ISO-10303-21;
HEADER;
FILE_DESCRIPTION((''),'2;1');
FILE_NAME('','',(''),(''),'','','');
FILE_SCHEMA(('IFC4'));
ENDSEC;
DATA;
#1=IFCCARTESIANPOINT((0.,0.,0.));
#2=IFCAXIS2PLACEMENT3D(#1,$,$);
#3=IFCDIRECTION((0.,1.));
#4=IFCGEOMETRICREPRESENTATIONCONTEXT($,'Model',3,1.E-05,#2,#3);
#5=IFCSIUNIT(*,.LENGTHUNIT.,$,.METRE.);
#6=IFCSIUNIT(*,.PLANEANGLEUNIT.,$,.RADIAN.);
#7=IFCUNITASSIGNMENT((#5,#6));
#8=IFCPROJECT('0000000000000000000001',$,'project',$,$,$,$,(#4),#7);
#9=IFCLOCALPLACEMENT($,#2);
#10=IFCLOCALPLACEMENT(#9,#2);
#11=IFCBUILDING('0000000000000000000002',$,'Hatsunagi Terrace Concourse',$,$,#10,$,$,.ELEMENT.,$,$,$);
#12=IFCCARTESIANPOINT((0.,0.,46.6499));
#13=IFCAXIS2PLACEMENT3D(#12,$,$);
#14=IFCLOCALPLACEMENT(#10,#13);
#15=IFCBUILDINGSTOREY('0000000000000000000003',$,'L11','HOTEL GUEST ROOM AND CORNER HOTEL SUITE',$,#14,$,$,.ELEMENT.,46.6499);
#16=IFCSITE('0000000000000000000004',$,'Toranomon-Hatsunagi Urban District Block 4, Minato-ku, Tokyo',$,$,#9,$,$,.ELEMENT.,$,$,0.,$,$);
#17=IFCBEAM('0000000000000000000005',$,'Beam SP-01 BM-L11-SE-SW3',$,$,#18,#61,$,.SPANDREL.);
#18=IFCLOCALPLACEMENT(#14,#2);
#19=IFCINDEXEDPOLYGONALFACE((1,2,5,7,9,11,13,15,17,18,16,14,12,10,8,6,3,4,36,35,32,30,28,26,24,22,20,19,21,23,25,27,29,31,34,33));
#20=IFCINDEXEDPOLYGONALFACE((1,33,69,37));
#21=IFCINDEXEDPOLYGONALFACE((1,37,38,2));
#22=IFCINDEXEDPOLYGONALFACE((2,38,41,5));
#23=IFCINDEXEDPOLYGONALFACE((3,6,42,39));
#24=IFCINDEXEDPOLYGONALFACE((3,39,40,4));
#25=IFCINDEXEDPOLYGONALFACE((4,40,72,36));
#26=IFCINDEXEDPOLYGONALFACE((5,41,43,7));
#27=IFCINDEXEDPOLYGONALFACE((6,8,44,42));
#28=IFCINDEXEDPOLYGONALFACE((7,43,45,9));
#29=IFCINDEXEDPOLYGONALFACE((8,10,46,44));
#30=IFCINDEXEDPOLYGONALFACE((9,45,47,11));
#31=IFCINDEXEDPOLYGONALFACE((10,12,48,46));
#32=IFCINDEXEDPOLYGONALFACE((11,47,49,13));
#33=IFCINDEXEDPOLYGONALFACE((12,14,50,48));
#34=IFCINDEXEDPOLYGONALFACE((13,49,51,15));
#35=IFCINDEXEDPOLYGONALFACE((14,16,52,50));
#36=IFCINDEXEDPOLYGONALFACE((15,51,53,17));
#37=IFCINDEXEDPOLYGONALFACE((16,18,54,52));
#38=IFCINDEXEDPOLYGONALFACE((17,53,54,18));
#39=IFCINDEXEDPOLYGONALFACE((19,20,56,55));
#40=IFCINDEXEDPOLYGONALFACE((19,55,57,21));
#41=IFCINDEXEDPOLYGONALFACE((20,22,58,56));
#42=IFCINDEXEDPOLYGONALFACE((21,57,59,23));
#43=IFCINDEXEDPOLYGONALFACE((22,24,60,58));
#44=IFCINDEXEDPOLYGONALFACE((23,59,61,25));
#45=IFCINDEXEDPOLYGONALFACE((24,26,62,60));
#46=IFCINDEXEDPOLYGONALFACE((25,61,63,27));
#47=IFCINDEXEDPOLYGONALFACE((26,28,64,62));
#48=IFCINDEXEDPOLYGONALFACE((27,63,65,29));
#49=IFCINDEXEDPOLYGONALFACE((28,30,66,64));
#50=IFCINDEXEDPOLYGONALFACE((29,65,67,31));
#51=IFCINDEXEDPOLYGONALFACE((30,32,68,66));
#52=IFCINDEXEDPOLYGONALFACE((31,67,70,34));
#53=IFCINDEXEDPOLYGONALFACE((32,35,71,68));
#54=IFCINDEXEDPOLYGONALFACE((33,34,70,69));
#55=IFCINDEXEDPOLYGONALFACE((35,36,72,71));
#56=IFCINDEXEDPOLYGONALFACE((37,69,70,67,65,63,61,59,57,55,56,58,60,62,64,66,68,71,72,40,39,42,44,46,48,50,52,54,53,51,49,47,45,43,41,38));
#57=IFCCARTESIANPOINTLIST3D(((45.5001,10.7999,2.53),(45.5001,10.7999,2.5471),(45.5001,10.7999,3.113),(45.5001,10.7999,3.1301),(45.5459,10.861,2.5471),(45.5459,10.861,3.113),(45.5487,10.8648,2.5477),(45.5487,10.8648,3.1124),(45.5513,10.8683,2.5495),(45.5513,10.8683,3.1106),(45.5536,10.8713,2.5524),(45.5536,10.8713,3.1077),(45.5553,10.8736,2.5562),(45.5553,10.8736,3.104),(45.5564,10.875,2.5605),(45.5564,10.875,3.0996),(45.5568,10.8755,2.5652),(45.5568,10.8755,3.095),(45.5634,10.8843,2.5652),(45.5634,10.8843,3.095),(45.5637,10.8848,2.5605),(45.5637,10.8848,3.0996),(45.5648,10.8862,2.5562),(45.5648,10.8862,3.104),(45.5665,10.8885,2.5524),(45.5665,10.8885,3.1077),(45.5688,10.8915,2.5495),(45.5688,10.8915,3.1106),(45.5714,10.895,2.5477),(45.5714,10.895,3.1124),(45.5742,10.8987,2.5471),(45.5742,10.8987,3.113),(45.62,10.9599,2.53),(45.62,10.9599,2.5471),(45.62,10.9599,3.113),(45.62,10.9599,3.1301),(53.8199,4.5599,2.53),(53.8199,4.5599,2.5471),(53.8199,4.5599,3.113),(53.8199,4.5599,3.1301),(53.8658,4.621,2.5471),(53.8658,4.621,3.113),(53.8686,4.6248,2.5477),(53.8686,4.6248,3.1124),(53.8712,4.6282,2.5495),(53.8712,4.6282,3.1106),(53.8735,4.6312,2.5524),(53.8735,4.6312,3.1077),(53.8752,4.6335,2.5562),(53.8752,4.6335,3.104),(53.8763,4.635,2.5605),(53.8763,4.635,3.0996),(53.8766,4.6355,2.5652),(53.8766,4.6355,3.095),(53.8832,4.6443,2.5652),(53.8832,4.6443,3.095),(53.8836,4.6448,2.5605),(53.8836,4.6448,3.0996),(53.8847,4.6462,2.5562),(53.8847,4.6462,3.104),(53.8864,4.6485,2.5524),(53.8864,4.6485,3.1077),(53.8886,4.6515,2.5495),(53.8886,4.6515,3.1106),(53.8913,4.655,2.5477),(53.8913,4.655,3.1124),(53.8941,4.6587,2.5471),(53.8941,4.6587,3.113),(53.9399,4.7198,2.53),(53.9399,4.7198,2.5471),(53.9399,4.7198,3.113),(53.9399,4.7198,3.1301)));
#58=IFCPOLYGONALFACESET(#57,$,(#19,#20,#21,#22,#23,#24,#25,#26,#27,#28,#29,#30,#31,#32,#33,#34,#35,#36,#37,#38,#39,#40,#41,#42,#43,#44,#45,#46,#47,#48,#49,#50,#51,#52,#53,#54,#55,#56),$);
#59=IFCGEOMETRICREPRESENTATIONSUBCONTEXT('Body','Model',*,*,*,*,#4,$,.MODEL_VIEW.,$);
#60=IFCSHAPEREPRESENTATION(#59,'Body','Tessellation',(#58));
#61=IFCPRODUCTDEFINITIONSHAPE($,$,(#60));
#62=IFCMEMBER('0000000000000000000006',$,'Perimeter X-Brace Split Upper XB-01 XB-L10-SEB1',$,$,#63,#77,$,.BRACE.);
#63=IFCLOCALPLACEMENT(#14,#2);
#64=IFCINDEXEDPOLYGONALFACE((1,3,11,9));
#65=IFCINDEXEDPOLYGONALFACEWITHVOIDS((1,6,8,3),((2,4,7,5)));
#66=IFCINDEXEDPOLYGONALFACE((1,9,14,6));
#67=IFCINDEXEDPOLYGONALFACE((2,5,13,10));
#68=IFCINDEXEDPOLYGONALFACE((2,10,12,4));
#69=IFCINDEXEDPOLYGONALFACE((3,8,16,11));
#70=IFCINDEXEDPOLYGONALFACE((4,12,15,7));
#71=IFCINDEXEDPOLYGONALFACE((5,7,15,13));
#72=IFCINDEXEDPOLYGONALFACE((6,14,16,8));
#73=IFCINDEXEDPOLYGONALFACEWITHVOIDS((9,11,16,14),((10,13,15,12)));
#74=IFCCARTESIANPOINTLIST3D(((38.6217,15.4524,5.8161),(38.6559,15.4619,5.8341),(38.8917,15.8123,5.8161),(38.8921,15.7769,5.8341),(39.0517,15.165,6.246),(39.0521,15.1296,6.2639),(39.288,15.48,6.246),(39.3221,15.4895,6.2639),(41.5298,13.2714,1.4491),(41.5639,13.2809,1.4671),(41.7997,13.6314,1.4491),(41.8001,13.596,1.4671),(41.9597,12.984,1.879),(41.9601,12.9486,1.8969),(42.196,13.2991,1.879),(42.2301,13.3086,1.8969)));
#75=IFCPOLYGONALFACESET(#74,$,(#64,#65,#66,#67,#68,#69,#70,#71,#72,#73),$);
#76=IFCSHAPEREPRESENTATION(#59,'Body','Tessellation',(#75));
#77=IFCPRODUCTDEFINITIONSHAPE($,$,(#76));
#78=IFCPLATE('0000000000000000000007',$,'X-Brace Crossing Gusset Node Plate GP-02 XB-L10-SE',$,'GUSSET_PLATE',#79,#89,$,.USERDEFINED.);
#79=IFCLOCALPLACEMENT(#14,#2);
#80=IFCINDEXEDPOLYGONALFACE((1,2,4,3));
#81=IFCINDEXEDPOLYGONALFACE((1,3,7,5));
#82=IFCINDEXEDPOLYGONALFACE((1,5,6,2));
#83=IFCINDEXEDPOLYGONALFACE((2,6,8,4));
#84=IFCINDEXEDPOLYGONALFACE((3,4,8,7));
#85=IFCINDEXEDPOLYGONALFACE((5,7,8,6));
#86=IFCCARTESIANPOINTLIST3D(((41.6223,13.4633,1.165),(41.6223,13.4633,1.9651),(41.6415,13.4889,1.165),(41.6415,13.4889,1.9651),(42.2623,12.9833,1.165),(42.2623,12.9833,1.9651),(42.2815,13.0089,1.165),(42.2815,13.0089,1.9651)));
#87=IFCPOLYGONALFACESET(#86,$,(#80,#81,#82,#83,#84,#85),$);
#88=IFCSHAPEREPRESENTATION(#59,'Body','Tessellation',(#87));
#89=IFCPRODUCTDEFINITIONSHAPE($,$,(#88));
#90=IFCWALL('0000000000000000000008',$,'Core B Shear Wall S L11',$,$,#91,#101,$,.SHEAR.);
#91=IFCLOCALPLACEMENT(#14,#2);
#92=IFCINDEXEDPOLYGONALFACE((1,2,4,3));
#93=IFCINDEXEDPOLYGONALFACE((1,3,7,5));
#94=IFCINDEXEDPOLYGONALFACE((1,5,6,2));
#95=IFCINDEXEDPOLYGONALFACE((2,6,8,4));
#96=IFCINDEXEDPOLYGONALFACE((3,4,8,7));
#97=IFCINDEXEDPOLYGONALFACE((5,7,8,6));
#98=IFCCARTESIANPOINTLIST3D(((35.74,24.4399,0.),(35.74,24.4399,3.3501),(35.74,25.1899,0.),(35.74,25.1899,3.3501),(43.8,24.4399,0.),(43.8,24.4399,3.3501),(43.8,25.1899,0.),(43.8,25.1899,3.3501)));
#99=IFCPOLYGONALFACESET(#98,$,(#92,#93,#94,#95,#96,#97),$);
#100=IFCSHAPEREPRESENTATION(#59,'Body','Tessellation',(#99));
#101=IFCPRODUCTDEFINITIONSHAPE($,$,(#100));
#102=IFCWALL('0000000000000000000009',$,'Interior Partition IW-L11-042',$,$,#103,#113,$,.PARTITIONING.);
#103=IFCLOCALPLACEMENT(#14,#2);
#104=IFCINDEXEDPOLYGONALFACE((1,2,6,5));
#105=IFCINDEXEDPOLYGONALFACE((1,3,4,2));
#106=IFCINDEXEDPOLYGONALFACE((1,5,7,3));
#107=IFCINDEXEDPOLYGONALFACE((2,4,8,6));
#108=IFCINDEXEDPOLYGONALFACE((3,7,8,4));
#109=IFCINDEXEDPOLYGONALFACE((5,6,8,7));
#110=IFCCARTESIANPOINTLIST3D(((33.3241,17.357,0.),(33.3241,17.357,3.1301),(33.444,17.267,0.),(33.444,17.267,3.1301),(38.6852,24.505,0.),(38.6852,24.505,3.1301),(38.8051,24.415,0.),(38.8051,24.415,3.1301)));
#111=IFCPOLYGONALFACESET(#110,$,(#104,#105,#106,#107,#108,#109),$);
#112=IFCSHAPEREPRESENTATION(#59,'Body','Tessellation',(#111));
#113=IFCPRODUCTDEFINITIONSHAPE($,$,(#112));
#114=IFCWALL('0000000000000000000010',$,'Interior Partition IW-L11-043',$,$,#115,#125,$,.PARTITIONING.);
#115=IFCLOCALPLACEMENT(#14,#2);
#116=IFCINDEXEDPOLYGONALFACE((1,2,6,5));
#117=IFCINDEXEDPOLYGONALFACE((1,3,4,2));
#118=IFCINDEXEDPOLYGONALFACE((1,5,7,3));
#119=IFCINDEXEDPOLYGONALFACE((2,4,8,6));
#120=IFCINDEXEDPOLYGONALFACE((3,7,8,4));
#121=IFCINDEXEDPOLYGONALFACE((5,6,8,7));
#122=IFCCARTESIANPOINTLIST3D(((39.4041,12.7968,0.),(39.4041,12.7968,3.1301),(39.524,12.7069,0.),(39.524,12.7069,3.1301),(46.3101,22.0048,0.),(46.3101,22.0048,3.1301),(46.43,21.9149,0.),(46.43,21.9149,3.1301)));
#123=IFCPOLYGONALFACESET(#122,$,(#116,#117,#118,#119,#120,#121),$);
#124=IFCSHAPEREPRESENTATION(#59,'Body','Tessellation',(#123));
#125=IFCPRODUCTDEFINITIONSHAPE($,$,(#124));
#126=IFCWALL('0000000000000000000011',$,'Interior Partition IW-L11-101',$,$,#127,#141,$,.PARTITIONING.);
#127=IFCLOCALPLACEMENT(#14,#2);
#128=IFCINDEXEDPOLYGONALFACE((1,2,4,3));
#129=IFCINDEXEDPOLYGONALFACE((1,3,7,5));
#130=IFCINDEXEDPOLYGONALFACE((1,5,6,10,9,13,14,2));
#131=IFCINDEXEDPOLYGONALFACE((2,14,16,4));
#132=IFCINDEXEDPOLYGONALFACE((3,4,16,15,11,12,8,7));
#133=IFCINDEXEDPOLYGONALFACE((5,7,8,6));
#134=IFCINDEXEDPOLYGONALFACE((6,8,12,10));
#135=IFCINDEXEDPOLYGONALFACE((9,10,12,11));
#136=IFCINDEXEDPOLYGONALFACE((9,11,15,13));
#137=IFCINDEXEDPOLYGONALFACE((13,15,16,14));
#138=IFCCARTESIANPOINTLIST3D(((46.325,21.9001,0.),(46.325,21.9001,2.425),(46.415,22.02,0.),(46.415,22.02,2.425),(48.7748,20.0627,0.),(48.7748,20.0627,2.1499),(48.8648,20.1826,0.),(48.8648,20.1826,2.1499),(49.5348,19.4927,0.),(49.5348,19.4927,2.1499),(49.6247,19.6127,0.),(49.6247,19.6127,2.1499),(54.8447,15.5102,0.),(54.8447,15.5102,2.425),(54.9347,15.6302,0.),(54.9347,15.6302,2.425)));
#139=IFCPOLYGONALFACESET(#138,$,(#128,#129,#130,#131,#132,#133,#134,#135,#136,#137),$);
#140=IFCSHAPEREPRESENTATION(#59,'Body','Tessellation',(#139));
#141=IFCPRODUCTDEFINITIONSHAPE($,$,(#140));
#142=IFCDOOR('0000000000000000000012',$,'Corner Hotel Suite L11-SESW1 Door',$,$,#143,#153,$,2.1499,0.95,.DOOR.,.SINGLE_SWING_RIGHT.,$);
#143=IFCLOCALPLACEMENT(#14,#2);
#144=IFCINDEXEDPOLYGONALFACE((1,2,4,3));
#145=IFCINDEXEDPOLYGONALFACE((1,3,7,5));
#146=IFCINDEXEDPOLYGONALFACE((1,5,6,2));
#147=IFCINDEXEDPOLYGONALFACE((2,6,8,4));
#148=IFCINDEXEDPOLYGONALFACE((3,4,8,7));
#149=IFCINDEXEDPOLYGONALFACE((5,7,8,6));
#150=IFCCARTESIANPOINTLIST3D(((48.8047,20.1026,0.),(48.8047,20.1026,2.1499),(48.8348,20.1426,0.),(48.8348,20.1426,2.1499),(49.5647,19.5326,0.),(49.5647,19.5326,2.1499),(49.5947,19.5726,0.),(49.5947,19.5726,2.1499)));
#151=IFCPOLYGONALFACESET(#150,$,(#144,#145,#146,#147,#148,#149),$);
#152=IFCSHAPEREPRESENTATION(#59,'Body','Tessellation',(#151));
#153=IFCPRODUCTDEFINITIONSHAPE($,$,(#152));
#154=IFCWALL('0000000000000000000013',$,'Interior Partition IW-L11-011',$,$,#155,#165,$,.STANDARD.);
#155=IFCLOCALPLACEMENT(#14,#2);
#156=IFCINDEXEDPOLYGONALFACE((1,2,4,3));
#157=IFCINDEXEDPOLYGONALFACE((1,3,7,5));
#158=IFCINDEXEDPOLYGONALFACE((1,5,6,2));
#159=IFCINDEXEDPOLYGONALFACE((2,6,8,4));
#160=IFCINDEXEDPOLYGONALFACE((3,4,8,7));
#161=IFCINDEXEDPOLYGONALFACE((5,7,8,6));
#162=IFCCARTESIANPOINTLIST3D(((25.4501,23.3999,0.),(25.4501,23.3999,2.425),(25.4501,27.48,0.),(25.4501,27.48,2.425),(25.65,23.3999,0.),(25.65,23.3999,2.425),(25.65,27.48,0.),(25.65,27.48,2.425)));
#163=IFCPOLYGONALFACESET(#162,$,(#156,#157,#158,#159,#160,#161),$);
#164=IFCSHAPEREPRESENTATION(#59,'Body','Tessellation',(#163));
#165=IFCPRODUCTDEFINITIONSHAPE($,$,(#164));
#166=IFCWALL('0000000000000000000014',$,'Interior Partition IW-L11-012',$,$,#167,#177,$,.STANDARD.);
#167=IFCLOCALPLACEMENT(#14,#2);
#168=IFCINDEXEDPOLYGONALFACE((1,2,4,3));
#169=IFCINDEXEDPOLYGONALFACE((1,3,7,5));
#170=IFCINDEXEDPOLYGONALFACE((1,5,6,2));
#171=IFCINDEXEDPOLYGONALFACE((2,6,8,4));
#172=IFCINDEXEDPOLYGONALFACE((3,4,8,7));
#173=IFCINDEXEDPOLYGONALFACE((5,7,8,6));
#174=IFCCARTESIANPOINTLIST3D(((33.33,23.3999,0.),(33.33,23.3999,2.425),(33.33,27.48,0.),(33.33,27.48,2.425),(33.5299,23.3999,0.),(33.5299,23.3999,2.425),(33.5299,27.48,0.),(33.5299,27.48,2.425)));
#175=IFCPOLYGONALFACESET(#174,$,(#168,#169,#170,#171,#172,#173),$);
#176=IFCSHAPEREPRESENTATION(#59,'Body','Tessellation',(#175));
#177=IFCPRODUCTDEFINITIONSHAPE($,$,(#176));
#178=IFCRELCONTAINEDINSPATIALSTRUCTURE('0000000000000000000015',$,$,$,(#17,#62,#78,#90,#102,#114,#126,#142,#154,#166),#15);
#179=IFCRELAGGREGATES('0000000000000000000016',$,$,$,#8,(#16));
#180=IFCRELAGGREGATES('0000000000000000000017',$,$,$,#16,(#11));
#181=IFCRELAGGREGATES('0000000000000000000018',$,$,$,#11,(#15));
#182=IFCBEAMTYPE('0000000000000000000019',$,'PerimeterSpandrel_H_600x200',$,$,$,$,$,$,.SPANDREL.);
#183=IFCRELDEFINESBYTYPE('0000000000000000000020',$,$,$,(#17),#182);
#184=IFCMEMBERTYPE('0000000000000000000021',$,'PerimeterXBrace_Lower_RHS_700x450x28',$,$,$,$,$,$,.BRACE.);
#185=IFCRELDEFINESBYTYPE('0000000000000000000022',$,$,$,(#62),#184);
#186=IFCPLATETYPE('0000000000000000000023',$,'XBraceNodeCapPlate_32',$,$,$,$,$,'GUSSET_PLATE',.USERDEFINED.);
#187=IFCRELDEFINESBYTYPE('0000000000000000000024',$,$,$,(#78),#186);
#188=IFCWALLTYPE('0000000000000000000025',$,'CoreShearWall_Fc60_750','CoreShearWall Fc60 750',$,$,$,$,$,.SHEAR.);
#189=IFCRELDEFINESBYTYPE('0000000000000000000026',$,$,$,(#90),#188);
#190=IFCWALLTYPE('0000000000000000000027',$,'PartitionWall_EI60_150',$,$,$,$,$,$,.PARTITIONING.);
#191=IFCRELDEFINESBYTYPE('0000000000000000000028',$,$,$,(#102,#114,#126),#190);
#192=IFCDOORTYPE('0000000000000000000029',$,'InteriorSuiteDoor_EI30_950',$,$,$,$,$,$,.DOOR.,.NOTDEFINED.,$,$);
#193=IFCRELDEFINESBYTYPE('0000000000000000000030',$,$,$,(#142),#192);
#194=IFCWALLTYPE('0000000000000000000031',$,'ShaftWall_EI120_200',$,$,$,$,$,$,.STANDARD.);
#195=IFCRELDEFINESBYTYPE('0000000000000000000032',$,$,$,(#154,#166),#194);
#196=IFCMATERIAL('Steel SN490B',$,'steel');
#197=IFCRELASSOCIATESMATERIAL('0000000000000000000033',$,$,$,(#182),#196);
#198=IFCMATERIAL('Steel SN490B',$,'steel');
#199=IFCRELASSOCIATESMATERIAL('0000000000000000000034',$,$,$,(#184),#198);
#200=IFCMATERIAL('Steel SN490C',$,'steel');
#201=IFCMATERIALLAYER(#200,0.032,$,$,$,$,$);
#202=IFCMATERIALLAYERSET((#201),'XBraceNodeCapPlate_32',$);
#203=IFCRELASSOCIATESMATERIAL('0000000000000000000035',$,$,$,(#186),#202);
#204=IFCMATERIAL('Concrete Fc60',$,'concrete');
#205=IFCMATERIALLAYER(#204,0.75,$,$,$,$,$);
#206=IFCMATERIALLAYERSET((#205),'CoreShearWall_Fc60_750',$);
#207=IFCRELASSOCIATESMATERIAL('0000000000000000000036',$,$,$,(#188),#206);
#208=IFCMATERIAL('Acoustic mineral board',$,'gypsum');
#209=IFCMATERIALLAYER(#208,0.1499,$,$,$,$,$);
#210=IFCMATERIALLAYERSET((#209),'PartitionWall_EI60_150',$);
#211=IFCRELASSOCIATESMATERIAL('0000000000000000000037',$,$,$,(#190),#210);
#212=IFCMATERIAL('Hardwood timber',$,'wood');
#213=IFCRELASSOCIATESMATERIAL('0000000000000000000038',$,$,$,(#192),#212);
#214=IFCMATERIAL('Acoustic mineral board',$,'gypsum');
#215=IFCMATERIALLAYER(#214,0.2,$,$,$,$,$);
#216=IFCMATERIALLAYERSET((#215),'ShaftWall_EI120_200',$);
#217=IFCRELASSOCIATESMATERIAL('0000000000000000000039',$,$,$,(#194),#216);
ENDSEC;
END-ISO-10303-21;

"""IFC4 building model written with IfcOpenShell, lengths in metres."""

from ifc_helpers import new_model, si_unit, direction, frame, frame_2d, origin, origin_2d, place, context, subcontext, project, spatial, rectangle, hollow_rectangle, i_section, extrude, material, layer, layer_set, material_profile, profile_set, type_object, element, fill, save


model = new_model("IFC4")

# Units and contexts
model_context = context("Model", 3, precision=1e-05, world=origin(), true_north=direction((0.0, 1.0)))
body_context = subcontext(model_context, "Body", "Model", "MODEL_VIEW")
ifc_project = project(units=[si_unit("LENGTHUNIT", "METRE"), si_unit("PLANEANGLEUNIT", "RADIAN")], contexts=[model_context])

# Site, building, storey
site_placement = place(None, origin())
site = spatial("IfcSite", under=ifc_project, at=site_placement, Name="Toranomon-Hatsunagi Urban District Block 4, Minato-ku, Tokyo", CompositionType="ELEMENT", RefElevation=0.0)
building_placement = place(site_placement, origin())
building = spatial("IfcBuilding", under=site, at=building_placement, Name="Hatsunagi Terrace Concourse", CompositionType="ELEMENT")
storey_placement = place(building_placement, frame((0.0, 0.0, 46.6499)))
storey = spatial("IfcBuildingStorey", under=building, at=storey_placement, Name="L11", Description="HOTEL GUEST ROOM AND CORNER HOTEL SUITE", CompositionType="ELEMENT", Elevation=46.6499)

# Beam
ifc_material_1 = material(Name="Steel SN490B", Category="steel")
ifc_material_profile_1 = material_profile(ifc_material_1, i_section(OverallWidth=0.2, OverallDepth=0.6001, WebThickness=0.011, FlangeThickness=0.0171, FilletRadius=0.0181, at=origin_2d()), Name="H-600x200x11x17")
ifc_profile_set_1 = profile_set([ifc_material_profile_1], Name="Steel SN490B")
beam_type_1 = type_object("IfcBeamType", Name="PerimeterSpandrel_H_600x200", PredefinedType="SPANDREL", material=ifc_profile_set_1)
beam_1_placement = place(storey_placement, frame((45.5601, 10.8799, 2.8301), z_axis=(0.799994, -0.600008, 0.0), x_axis=(0.600008, 0.799994, 0.0)))
element("IfcBeam", 1, at=beam_1_placement, inside=storey, type_object=beam_type_1, Name="Beam SP-01 BM-L11-SE-SW3", PredefinedType="SPANDREL", context=body_context, shape_type="SweptSolid", body=[
    extrude(i_section(OverallWidth=0.2, OverallDepth=0.6001, WebThickness=0.011, FlangeThickness=0.0171, FilletRadius=0.0181, at=origin_2d()), origin(), (0.0, 0.0, 1.0), 10.3999),
])

# Member
ifc_material_2 = material(Name="Steel SN490B", Category="steel")
ifc_material_profile_2 = material_profile(ifc_material_2, hollow_rectangle(XDim=0.45, YDim=0.7, WallThickness=0.0281, at=origin_2d()), Name="RHS-700x450x28")
ifc_profile_set_2 = profile_set([ifc_material_profile_2], Name="Steel SN490B")
member_type = type_object("IfcMemberType", Name="PerimeterXBrace_Lower_RHS_700x450x28", PredefinedType="BRACE", material=ifc_profile_set_2)
member_placement = place(storey_placement, frame((38.9719, 15.4709, 6.04), z_axis=(0.511803, -0.383841, -0.768585), x_axis=(0.599989, 0.800008, 0.0)))
element("IfcMember", 2, at=member_placement, inside=storey, type_object=member_type, Name="Perimeter X-Brace Split Upper XB-01 XB-L10-SEB1", PredefinedType="BRACE", context=body_context, shape_type="SweptSolid", body=[
    extrude(hollow_rectangle(XDim=0.45, YDim=0.7, WallThickness=0.0281, at=origin_2d()), origin(), (0.0, 0.0, 1.0), 5.6819),
])

# Plate
ifc_material_3 = material(Name="Steel SN490C", Category="steel")
ifc_layer_1 = layer(ifc_material_3, 0.032)
ifc_layer_set_1 = layer_set([ifc_layer_1], Name="XBraceNodeCapPlate_32")
plate_type = type_object("IfcPlateType", Name="XBraceNodeCapPlate_32", ElementType="GUSSET_PLATE", PredefinedType="USERDEFINED", material=ifc_layer_set_1)
plate_placement = place(storey_placement, frame((41.9519, 13.2361, 1.165), z_axis=(0.0, 0.0, 1.0), x_axis=(0.8, -0.6, 0.0)))
element("IfcPlate", 3, at=plate_placement, inside=storey, type_object=plate_type, Name="X-Brace Crossing Gusset Node Plate GP-02 XB-L10-SE", ObjectType="GUSSET_PLATE", PredefinedType="USERDEFINED", context=body_context, shape_type="SweptSolid", body=[
    extrude(rectangle(XDim=0.8, YDim=0.032, at=origin_2d()), origin(), (0.0, 0.0, 1.0), 0.8),
])

# Wall
ifc_material_4 = material(Name="Concrete Fc60", Category="concrete")
ifc_layer_2 = layer(ifc_material_4, 0.75)
ifc_layer_set_2 = layer_set([ifc_layer_2], Name="CoreShearWall_Fc60_750")
wall_type_1 = type_object("IfcWallType", Name="CoreShearWall_Fc60_750", Description="CoreShearWall Fc60 750", PredefinedType="SHEAR", material=ifc_layer_set_2)
wall_1_placement = place(storey_placement, frame((35.74, 24.8149, 0.0), z_axis=(0.0, 0.0, 1.0), x_axis=(1.0, 0.0, 0.0)))
element("IfcWall", 4, at=wall_1_placement, inside=storey, type_object=wall_type_1, Name="Core B Shear Wall S L11", PredefinedType="SHEAR", context=body_context, shape_type="SweptSolid", body=[
    extrude(rectangle(XDim=8.0601, YDim=0.75, at=frame_2d((4.03, 0.0))), origin(), (0.0, 0.0, 1.0), 3.3501),
])

# Shared definitions
ifc_material_5 = material(Name="Acoustic mineral board", Category="gypsum")
ifc_layer_3 = layer(ifc_material_5, 0.1499)
ifc_layer_set_3 = layer_set([ifc_layer_3], Name="PartitionWall_EI60_150")
wall_type_2 = type_object("IfcWallType", Name="PartitionWall_EI60_150", PredefinedType="PARTITIONING", material=ifc_layer_set_3)
ifc_material_6 = material(Name="Hardwood timber", Category="wood")
door_type = type_object("IfcDoorType", Name="InteriorSuiteDoor_EI30_950", OperationType="NOTDEFINED", PredefinedType="DOOR", material=ifc_material_6)

# Walls
wall_2_placement = place(storey_placement, frame((33.384, 17.312, 0.0), z_axis=(0.0, 0.0, 1.0), x_axis=(0.600009, 0.799993, 0.0)))
element("IfcWall", 5, at=wall_2_placement, inside=storey, type_object=wall_type_2, Name="Interior Partition IW-L11-042", PredefinedType="PARTITIONING", context=body_context, shape_type="SweptSolid", body=[
    extrude(rectangle(XDim=8.9351, YDim=0.1499, at=frame_2d((4.4675, 0.0))), origin(), (0.0, 0.0, 1.0), 3.1301),
])
wall_3_placement = place(storey_placement, frame((39.4641, 12.752, 0.0), z_axis=(0.0, 0.0, 1.0), x_axis=(0.6, 0.8, 0.0)))
element("IfcWall", 6, at=wall_3_placement, inside=storey, type_object=wall_type_2, Name="Interior Partition IW-L11-043", PredefinedType="PARTITIONING", context=body_context, shape_type="SweptSolid", body=[
    extrude(rectangle(XDim=11.51, YDim=0.1499, at=frame_2d((5.7549, 0.0))), origin(), (0.0, 0.0, 1.0), 3.1301),
])

# Wall, opening, door
wall_4_placement = place(storey_placement, frame((46.3701, 21.96, 0.0), z_axis=(0.0, 0.0, 1.0), x_axis=(0.799997, -0.600004, 0.0)))
wall_4 = element("IfcWall", 7, at=wall_4_placement, inside=storey, type_object=wall_type_2, Name="Interior Partition IW-L11-101", PredefinedType="PARTITIONING", context=body_context, shape_type="SweptSolid", body=[
    extrude(rectangle(XDim=10.6497, YDim=0.1499, at=frame_2d((5.3247, 0.0))), origin(), (0.0, 0.0, 1.0), 2.425),
])
opening_1_placement = place(wall_4_placement, frame((3.062, 0.0, 0.0)))
opening_1 = element("IfcOpeningElement", 8, at=opening_1_placement, cuts=wall_4, PredefinedType="OPENING", context=body_context, shape_type="SweptSolid", body=[
    extrude(rectangle(XDim=0.95, YDim=2.1499, at=frame_2d((0.4751, 1.075))), frame((0.0, 0.085, 0.0), z_axis=(0.0, -1.0, 0.0), x_axis=(1.0, 0.0, 0.0)), (0.0, 0.0, 1.0), 0.1699),
])
door_1_placement = place(opening_1_placement, origin())
door_1 = element("IfcDoor", 9, at=door_1_placement, inside=storey, type_object=door_type, Name="Corner Hotel Suite L11-SESW1 Door", OperationType="SINGLE_SWING_RIGHT", OverallHeight=2.1499, OverallWidth=0.95, PredefinedType="DOOR", context=body_context, shape_type="SweptSolid", body=[
    extrude(rectangle(XDim=0.95, YDim=2.1499, at=frame_2d((0.4751, 1.075))), frame((0.0, 0.0249, 0.0), z_axis=(0.0, -1.0, 0.0), x_axis=(1.0, 0.0, 0.0)), (0.0, 0.0, 1.0), 0.05),
])
fill(opening_1, door_1)

# Walls
ifc_material_7 = material(Name="Acoustic mineral board", Category="gypsum")
ifc_layer_4 = layer(ifc_material_7, 0.2)
ifc_layer_set_4 = layer_set([ifc_layer_4], Name="ShaftWall_EI120_200")
wall_type_3 = type_object("IfcWallType", Name="ShaftWall_EI120_200", PredefinedType="STANDARD", material=ifc_layer_set_4)
for number, where, z_axis, x_axis, name in (
    (10, (25.55, 23.3999, 0.0), (0.0, 0.0, 1.0), (0.0, 1.0, 0.0), "Interior Partition IW-L11-011"),
    (11, (33.4299, 23.3999, 0.0), (0.0, 0.0, 1.0), (0.0, 1.0, 0.0), "Interior Partition IW-L11-012"),
):
    element("IfcWall", number, at=place(storey_placement, frame(where, z_axis=z_axis, x_axis=x_axis)), inside=storey, type_object=wall_type_3, Name=name, PredefinedType="STANDARD", context=body_context, shape_type="SweptSolid", body=[
        extrude(rectangle(XDim=4.0801, YDim=0.2, at=frame_2d((2.04, 0.0))), origin(), (0.0, 0.0, 1.0), 2.425),
    ])

save(model, "model.ifc")
